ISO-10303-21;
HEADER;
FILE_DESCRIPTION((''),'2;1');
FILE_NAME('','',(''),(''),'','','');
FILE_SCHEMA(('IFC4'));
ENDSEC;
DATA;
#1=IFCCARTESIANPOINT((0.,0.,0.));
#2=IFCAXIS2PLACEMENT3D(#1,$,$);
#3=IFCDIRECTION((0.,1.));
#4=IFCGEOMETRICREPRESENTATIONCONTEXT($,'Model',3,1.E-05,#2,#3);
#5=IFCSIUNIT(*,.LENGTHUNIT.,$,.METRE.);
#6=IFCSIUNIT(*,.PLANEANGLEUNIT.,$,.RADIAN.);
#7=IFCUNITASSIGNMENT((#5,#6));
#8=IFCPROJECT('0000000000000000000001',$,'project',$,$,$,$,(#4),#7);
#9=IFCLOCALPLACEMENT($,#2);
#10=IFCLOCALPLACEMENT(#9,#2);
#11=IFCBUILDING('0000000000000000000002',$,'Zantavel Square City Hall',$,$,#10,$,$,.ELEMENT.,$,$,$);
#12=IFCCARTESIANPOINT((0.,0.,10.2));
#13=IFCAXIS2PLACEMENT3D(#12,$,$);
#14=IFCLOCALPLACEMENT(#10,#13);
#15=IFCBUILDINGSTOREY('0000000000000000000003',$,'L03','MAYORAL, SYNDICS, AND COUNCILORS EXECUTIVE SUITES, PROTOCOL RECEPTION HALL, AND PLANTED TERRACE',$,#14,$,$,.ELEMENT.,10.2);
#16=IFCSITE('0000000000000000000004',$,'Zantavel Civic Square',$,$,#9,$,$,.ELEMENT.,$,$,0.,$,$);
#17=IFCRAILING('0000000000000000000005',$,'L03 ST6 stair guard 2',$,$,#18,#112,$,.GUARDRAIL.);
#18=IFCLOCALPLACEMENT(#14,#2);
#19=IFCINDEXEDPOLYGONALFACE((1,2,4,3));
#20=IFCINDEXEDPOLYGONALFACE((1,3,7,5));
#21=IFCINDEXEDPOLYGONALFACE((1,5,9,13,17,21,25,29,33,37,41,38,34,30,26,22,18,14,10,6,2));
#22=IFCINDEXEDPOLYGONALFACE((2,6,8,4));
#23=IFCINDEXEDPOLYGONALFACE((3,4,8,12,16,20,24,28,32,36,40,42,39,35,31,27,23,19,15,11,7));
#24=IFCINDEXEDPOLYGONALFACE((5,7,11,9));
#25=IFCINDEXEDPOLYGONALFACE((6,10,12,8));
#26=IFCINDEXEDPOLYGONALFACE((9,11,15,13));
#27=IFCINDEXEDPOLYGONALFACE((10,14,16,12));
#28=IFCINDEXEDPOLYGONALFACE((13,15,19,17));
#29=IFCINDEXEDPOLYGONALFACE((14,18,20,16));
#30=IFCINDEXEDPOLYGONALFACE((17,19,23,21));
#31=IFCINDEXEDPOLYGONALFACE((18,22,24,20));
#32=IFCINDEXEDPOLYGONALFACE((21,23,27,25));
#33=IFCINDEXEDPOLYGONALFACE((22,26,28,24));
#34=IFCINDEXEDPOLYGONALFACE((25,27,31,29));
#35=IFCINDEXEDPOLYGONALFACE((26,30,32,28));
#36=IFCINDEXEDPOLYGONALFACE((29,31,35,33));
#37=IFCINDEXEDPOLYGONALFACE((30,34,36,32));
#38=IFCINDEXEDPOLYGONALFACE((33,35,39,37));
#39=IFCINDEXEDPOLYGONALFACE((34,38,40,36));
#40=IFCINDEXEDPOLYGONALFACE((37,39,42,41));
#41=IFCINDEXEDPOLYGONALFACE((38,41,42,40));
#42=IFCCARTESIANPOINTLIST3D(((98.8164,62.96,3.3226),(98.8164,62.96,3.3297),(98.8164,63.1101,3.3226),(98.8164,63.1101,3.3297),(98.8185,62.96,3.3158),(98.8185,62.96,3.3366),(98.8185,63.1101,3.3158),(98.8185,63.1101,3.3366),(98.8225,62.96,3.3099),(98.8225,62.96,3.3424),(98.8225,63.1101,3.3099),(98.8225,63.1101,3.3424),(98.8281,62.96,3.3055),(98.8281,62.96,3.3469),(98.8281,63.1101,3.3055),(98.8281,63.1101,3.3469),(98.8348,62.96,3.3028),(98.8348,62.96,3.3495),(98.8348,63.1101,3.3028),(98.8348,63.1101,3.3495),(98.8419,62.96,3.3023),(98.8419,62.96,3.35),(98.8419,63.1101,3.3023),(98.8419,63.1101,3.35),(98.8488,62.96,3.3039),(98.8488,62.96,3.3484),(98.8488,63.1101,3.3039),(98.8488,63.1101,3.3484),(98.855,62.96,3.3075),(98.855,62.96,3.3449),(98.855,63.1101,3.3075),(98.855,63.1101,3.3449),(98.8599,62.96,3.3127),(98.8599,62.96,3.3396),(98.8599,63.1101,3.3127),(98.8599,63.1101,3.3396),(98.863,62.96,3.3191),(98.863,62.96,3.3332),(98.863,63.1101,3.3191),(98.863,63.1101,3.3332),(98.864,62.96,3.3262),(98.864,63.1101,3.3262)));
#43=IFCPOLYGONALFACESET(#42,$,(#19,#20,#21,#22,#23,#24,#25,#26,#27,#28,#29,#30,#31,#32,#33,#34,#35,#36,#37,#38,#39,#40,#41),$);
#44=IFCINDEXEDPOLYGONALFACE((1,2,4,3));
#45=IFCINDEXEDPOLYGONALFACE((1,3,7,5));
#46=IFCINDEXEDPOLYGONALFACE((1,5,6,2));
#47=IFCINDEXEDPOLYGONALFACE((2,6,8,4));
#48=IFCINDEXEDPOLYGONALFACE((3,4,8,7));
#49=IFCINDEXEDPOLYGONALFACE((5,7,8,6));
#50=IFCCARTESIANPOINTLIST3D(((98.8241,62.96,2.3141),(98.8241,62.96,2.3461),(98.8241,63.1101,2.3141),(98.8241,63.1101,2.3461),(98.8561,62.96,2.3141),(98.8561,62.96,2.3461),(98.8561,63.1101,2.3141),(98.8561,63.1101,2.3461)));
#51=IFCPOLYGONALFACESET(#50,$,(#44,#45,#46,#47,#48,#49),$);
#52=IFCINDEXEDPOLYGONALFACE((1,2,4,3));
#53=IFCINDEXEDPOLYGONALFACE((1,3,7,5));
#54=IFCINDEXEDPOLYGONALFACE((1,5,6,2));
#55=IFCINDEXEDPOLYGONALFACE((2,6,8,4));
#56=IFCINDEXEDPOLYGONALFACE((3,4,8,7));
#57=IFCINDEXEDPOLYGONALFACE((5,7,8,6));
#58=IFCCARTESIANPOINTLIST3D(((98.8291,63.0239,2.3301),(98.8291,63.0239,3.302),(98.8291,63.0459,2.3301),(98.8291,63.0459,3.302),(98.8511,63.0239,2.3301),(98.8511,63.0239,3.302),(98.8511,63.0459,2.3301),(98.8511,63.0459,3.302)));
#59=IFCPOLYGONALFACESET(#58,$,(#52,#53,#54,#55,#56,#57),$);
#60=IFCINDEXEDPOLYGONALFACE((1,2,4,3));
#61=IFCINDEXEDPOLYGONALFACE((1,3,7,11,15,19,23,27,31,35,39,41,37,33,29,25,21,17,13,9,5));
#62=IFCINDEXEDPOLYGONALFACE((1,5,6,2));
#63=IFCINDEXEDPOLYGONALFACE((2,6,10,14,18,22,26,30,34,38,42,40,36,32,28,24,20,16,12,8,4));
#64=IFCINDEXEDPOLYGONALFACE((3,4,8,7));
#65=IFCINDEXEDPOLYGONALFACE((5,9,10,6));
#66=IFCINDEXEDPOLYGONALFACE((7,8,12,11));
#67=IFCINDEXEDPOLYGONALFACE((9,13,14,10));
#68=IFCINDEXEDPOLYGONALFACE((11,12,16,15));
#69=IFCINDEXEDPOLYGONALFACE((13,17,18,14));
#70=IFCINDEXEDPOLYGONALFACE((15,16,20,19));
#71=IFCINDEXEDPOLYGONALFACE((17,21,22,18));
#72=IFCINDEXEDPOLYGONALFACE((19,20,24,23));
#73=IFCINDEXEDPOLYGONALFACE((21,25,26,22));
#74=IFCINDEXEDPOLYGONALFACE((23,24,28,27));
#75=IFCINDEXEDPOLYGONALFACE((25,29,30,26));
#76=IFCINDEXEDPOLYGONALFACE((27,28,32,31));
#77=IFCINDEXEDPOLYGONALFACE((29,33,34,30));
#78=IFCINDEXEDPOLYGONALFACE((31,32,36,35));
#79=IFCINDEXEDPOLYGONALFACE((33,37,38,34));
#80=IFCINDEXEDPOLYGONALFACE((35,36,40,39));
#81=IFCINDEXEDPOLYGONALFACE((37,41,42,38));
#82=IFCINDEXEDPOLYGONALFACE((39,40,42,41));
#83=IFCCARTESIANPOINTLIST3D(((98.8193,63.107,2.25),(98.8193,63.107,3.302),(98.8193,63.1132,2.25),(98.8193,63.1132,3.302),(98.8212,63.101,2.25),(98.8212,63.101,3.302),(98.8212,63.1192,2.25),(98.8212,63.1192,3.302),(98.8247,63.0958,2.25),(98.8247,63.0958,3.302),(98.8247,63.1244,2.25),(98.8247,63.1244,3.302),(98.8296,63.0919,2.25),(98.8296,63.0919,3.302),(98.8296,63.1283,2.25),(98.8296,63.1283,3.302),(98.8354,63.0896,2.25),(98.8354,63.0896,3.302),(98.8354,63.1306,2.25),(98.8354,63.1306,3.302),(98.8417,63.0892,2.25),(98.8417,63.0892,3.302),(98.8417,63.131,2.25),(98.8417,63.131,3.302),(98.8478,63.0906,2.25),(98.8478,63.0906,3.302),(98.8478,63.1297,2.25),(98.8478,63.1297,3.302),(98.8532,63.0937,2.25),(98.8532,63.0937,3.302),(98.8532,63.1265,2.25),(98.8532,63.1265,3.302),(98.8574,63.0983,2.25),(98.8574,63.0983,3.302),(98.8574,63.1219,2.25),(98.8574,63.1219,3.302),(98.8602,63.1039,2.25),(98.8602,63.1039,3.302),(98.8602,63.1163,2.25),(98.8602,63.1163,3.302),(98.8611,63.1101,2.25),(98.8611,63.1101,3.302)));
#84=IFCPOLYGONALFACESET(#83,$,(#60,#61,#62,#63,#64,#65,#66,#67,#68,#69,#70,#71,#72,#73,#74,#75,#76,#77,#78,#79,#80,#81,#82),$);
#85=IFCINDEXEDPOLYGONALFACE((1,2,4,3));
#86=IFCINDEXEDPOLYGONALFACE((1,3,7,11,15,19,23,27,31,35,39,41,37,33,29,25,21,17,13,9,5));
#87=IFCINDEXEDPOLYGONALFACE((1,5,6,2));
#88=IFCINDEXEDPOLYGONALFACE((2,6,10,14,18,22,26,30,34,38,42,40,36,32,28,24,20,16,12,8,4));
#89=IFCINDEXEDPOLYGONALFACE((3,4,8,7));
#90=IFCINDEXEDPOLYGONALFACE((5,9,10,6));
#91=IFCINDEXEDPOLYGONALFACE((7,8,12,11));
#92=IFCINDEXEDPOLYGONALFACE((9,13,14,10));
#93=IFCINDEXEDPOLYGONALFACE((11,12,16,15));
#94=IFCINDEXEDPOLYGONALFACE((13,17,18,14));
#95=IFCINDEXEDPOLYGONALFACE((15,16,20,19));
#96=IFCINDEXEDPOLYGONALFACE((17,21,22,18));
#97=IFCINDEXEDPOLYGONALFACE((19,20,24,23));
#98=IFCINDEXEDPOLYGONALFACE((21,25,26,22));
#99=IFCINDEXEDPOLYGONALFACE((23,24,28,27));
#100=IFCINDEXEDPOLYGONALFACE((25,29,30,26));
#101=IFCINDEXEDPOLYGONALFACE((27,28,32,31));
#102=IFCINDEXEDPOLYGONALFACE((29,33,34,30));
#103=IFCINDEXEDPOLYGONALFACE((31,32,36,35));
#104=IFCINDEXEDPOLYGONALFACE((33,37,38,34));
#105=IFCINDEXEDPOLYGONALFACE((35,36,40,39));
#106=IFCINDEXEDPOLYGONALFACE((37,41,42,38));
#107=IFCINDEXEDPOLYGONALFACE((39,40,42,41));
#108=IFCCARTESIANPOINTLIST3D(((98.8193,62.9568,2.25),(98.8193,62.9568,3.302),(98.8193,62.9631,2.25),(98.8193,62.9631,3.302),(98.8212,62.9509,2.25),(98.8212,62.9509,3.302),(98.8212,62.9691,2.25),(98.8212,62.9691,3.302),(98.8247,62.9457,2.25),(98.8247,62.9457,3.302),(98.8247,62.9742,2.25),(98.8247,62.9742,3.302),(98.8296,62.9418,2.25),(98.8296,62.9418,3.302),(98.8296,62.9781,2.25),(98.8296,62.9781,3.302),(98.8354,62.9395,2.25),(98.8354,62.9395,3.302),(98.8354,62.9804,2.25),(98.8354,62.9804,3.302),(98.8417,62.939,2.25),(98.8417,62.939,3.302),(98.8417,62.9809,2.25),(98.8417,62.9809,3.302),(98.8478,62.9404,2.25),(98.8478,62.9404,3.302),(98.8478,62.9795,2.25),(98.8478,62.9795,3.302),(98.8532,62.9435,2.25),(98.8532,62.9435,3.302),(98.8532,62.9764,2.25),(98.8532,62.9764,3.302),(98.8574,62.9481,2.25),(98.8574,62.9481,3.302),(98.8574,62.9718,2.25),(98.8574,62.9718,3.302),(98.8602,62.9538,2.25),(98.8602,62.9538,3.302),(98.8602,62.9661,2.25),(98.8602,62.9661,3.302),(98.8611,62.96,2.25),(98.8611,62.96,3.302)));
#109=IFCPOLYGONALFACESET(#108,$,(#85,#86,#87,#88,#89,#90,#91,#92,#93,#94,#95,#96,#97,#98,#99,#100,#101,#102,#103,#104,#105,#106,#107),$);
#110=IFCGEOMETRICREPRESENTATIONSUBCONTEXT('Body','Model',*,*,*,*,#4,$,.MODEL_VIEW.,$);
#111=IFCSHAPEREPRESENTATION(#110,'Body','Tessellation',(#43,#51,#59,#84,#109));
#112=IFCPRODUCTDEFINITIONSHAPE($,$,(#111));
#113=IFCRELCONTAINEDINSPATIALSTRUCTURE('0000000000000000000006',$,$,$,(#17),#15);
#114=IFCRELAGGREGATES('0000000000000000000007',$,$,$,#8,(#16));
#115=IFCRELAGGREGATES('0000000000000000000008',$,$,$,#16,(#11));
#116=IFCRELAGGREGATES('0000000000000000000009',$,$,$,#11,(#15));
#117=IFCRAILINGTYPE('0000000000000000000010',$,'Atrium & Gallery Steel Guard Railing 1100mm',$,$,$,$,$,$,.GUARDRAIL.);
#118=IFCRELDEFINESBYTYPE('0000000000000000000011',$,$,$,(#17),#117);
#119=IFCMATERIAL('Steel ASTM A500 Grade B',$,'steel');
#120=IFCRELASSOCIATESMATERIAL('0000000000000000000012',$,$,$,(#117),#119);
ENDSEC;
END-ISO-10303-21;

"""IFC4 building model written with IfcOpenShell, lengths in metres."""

from ifc_helpers import new_model, si_unit, direction, frame, origin, origin_2d, place, context, subcontext, project, spatial, rectangle, circle, extrude, material, type_object, element, save


model = new_model("IFC4")

# Units and contexts
model_context = context("Model", 3, precision=1e-05, world=origin(), true_north=direction((0.0, 1.0)))
body_context = subcontext(model_context, "Body", "Model", "MODEL_VIEW")
ifc_project = project(units=[si_unit("LENGTHUNIT", "METRE"), si_unit("PLANEANGLEUNIT", "RADIAN")], contexts=[model_context])

# Site, building, storey
site_placement = place(None, origin())
site = spatial("IfcSite", under=ifc_project, at=site_placement, Name="Zantavel Civic Square", CompositionType="ELEMENT", RefElevation=0.0)
building_placement = place(site_placement, origin())
building = spatial("IfcBuilding", under=site, at=building_placement, Name="Zantavel Square City Hall", CompositionType="ELEMENT")
storey_placement = place(building_placement, frame((0.0, 0.0, 10.2)))
storey = spatial("IfcBuildingStorey", under=building, at=storey_placement, Name="L03", Description="MAYORAL, SYNDICS, AND COUNCILORS EXECUTIVE SUITES, PROTOCOL RECEPTION HALL, AND PLANTED TERRACE", CompositionType="ELEMENT", Elevation=10.2)

# Railing
ifc_material_1 = material(Name="Steel ASTM A500 Grade B", Category="steel")
railing_type_1 = type_object("IfcRailingType", Name="Atrium & Gallery Steel Guard Railing 1100mm", PredefinedType="GUARDRAIL", material=ifc_material_1)
railing_1_placement = place(storey_placement, frame((98.8401, 63.1101, 2.25)))
element("IfcRailing", 1, at=railing_1_placement, inside=storey, type_object=railing_type_1, Name="L03 ST6 stair guard 2", PredefinedType="GUARDRAIL", context=body_context, shape_type="SweptSolid", body=[
    extrude(circle(Radius=0.0239, at=origin_2d()), frame((0.0, 0.0, 1.0762), z_axis=(0.0, -1.0, 0.0), x_axis=(1.0, 0.0, 0.0)), (0.0, 0.0, 1.0), 0.1501),
    extrude(rectangle(XDim=0.032, YDim=0.032, at=origin_2d()), frame((0.0, 0.0, 0.0801), z_axis=(0.0, -1.0, 0.0), x_axis=(1.0, 0.0, 0.0)), (0.0, 0.0, 1.0), 0.1501),
    extrude(rectangle(XDim=0.022, YDim=0.022, at=origin_2d()), frame((0.0, -0.0752, 0.0801)), (0.0, 0.0, 1.0), 0.9719),
    extrude(circle(Radius=0.021, at=origin_2d()), origin(), (0.0, 0.0, 1.0), 1.052),
    extrude(circle(Radius=0.021, at=origin_2d()), frame((0.0, -0.1501, 0.0)), (0.0, 0.0, 1.0), 1.052),
])

save(model, "model.ifc")
